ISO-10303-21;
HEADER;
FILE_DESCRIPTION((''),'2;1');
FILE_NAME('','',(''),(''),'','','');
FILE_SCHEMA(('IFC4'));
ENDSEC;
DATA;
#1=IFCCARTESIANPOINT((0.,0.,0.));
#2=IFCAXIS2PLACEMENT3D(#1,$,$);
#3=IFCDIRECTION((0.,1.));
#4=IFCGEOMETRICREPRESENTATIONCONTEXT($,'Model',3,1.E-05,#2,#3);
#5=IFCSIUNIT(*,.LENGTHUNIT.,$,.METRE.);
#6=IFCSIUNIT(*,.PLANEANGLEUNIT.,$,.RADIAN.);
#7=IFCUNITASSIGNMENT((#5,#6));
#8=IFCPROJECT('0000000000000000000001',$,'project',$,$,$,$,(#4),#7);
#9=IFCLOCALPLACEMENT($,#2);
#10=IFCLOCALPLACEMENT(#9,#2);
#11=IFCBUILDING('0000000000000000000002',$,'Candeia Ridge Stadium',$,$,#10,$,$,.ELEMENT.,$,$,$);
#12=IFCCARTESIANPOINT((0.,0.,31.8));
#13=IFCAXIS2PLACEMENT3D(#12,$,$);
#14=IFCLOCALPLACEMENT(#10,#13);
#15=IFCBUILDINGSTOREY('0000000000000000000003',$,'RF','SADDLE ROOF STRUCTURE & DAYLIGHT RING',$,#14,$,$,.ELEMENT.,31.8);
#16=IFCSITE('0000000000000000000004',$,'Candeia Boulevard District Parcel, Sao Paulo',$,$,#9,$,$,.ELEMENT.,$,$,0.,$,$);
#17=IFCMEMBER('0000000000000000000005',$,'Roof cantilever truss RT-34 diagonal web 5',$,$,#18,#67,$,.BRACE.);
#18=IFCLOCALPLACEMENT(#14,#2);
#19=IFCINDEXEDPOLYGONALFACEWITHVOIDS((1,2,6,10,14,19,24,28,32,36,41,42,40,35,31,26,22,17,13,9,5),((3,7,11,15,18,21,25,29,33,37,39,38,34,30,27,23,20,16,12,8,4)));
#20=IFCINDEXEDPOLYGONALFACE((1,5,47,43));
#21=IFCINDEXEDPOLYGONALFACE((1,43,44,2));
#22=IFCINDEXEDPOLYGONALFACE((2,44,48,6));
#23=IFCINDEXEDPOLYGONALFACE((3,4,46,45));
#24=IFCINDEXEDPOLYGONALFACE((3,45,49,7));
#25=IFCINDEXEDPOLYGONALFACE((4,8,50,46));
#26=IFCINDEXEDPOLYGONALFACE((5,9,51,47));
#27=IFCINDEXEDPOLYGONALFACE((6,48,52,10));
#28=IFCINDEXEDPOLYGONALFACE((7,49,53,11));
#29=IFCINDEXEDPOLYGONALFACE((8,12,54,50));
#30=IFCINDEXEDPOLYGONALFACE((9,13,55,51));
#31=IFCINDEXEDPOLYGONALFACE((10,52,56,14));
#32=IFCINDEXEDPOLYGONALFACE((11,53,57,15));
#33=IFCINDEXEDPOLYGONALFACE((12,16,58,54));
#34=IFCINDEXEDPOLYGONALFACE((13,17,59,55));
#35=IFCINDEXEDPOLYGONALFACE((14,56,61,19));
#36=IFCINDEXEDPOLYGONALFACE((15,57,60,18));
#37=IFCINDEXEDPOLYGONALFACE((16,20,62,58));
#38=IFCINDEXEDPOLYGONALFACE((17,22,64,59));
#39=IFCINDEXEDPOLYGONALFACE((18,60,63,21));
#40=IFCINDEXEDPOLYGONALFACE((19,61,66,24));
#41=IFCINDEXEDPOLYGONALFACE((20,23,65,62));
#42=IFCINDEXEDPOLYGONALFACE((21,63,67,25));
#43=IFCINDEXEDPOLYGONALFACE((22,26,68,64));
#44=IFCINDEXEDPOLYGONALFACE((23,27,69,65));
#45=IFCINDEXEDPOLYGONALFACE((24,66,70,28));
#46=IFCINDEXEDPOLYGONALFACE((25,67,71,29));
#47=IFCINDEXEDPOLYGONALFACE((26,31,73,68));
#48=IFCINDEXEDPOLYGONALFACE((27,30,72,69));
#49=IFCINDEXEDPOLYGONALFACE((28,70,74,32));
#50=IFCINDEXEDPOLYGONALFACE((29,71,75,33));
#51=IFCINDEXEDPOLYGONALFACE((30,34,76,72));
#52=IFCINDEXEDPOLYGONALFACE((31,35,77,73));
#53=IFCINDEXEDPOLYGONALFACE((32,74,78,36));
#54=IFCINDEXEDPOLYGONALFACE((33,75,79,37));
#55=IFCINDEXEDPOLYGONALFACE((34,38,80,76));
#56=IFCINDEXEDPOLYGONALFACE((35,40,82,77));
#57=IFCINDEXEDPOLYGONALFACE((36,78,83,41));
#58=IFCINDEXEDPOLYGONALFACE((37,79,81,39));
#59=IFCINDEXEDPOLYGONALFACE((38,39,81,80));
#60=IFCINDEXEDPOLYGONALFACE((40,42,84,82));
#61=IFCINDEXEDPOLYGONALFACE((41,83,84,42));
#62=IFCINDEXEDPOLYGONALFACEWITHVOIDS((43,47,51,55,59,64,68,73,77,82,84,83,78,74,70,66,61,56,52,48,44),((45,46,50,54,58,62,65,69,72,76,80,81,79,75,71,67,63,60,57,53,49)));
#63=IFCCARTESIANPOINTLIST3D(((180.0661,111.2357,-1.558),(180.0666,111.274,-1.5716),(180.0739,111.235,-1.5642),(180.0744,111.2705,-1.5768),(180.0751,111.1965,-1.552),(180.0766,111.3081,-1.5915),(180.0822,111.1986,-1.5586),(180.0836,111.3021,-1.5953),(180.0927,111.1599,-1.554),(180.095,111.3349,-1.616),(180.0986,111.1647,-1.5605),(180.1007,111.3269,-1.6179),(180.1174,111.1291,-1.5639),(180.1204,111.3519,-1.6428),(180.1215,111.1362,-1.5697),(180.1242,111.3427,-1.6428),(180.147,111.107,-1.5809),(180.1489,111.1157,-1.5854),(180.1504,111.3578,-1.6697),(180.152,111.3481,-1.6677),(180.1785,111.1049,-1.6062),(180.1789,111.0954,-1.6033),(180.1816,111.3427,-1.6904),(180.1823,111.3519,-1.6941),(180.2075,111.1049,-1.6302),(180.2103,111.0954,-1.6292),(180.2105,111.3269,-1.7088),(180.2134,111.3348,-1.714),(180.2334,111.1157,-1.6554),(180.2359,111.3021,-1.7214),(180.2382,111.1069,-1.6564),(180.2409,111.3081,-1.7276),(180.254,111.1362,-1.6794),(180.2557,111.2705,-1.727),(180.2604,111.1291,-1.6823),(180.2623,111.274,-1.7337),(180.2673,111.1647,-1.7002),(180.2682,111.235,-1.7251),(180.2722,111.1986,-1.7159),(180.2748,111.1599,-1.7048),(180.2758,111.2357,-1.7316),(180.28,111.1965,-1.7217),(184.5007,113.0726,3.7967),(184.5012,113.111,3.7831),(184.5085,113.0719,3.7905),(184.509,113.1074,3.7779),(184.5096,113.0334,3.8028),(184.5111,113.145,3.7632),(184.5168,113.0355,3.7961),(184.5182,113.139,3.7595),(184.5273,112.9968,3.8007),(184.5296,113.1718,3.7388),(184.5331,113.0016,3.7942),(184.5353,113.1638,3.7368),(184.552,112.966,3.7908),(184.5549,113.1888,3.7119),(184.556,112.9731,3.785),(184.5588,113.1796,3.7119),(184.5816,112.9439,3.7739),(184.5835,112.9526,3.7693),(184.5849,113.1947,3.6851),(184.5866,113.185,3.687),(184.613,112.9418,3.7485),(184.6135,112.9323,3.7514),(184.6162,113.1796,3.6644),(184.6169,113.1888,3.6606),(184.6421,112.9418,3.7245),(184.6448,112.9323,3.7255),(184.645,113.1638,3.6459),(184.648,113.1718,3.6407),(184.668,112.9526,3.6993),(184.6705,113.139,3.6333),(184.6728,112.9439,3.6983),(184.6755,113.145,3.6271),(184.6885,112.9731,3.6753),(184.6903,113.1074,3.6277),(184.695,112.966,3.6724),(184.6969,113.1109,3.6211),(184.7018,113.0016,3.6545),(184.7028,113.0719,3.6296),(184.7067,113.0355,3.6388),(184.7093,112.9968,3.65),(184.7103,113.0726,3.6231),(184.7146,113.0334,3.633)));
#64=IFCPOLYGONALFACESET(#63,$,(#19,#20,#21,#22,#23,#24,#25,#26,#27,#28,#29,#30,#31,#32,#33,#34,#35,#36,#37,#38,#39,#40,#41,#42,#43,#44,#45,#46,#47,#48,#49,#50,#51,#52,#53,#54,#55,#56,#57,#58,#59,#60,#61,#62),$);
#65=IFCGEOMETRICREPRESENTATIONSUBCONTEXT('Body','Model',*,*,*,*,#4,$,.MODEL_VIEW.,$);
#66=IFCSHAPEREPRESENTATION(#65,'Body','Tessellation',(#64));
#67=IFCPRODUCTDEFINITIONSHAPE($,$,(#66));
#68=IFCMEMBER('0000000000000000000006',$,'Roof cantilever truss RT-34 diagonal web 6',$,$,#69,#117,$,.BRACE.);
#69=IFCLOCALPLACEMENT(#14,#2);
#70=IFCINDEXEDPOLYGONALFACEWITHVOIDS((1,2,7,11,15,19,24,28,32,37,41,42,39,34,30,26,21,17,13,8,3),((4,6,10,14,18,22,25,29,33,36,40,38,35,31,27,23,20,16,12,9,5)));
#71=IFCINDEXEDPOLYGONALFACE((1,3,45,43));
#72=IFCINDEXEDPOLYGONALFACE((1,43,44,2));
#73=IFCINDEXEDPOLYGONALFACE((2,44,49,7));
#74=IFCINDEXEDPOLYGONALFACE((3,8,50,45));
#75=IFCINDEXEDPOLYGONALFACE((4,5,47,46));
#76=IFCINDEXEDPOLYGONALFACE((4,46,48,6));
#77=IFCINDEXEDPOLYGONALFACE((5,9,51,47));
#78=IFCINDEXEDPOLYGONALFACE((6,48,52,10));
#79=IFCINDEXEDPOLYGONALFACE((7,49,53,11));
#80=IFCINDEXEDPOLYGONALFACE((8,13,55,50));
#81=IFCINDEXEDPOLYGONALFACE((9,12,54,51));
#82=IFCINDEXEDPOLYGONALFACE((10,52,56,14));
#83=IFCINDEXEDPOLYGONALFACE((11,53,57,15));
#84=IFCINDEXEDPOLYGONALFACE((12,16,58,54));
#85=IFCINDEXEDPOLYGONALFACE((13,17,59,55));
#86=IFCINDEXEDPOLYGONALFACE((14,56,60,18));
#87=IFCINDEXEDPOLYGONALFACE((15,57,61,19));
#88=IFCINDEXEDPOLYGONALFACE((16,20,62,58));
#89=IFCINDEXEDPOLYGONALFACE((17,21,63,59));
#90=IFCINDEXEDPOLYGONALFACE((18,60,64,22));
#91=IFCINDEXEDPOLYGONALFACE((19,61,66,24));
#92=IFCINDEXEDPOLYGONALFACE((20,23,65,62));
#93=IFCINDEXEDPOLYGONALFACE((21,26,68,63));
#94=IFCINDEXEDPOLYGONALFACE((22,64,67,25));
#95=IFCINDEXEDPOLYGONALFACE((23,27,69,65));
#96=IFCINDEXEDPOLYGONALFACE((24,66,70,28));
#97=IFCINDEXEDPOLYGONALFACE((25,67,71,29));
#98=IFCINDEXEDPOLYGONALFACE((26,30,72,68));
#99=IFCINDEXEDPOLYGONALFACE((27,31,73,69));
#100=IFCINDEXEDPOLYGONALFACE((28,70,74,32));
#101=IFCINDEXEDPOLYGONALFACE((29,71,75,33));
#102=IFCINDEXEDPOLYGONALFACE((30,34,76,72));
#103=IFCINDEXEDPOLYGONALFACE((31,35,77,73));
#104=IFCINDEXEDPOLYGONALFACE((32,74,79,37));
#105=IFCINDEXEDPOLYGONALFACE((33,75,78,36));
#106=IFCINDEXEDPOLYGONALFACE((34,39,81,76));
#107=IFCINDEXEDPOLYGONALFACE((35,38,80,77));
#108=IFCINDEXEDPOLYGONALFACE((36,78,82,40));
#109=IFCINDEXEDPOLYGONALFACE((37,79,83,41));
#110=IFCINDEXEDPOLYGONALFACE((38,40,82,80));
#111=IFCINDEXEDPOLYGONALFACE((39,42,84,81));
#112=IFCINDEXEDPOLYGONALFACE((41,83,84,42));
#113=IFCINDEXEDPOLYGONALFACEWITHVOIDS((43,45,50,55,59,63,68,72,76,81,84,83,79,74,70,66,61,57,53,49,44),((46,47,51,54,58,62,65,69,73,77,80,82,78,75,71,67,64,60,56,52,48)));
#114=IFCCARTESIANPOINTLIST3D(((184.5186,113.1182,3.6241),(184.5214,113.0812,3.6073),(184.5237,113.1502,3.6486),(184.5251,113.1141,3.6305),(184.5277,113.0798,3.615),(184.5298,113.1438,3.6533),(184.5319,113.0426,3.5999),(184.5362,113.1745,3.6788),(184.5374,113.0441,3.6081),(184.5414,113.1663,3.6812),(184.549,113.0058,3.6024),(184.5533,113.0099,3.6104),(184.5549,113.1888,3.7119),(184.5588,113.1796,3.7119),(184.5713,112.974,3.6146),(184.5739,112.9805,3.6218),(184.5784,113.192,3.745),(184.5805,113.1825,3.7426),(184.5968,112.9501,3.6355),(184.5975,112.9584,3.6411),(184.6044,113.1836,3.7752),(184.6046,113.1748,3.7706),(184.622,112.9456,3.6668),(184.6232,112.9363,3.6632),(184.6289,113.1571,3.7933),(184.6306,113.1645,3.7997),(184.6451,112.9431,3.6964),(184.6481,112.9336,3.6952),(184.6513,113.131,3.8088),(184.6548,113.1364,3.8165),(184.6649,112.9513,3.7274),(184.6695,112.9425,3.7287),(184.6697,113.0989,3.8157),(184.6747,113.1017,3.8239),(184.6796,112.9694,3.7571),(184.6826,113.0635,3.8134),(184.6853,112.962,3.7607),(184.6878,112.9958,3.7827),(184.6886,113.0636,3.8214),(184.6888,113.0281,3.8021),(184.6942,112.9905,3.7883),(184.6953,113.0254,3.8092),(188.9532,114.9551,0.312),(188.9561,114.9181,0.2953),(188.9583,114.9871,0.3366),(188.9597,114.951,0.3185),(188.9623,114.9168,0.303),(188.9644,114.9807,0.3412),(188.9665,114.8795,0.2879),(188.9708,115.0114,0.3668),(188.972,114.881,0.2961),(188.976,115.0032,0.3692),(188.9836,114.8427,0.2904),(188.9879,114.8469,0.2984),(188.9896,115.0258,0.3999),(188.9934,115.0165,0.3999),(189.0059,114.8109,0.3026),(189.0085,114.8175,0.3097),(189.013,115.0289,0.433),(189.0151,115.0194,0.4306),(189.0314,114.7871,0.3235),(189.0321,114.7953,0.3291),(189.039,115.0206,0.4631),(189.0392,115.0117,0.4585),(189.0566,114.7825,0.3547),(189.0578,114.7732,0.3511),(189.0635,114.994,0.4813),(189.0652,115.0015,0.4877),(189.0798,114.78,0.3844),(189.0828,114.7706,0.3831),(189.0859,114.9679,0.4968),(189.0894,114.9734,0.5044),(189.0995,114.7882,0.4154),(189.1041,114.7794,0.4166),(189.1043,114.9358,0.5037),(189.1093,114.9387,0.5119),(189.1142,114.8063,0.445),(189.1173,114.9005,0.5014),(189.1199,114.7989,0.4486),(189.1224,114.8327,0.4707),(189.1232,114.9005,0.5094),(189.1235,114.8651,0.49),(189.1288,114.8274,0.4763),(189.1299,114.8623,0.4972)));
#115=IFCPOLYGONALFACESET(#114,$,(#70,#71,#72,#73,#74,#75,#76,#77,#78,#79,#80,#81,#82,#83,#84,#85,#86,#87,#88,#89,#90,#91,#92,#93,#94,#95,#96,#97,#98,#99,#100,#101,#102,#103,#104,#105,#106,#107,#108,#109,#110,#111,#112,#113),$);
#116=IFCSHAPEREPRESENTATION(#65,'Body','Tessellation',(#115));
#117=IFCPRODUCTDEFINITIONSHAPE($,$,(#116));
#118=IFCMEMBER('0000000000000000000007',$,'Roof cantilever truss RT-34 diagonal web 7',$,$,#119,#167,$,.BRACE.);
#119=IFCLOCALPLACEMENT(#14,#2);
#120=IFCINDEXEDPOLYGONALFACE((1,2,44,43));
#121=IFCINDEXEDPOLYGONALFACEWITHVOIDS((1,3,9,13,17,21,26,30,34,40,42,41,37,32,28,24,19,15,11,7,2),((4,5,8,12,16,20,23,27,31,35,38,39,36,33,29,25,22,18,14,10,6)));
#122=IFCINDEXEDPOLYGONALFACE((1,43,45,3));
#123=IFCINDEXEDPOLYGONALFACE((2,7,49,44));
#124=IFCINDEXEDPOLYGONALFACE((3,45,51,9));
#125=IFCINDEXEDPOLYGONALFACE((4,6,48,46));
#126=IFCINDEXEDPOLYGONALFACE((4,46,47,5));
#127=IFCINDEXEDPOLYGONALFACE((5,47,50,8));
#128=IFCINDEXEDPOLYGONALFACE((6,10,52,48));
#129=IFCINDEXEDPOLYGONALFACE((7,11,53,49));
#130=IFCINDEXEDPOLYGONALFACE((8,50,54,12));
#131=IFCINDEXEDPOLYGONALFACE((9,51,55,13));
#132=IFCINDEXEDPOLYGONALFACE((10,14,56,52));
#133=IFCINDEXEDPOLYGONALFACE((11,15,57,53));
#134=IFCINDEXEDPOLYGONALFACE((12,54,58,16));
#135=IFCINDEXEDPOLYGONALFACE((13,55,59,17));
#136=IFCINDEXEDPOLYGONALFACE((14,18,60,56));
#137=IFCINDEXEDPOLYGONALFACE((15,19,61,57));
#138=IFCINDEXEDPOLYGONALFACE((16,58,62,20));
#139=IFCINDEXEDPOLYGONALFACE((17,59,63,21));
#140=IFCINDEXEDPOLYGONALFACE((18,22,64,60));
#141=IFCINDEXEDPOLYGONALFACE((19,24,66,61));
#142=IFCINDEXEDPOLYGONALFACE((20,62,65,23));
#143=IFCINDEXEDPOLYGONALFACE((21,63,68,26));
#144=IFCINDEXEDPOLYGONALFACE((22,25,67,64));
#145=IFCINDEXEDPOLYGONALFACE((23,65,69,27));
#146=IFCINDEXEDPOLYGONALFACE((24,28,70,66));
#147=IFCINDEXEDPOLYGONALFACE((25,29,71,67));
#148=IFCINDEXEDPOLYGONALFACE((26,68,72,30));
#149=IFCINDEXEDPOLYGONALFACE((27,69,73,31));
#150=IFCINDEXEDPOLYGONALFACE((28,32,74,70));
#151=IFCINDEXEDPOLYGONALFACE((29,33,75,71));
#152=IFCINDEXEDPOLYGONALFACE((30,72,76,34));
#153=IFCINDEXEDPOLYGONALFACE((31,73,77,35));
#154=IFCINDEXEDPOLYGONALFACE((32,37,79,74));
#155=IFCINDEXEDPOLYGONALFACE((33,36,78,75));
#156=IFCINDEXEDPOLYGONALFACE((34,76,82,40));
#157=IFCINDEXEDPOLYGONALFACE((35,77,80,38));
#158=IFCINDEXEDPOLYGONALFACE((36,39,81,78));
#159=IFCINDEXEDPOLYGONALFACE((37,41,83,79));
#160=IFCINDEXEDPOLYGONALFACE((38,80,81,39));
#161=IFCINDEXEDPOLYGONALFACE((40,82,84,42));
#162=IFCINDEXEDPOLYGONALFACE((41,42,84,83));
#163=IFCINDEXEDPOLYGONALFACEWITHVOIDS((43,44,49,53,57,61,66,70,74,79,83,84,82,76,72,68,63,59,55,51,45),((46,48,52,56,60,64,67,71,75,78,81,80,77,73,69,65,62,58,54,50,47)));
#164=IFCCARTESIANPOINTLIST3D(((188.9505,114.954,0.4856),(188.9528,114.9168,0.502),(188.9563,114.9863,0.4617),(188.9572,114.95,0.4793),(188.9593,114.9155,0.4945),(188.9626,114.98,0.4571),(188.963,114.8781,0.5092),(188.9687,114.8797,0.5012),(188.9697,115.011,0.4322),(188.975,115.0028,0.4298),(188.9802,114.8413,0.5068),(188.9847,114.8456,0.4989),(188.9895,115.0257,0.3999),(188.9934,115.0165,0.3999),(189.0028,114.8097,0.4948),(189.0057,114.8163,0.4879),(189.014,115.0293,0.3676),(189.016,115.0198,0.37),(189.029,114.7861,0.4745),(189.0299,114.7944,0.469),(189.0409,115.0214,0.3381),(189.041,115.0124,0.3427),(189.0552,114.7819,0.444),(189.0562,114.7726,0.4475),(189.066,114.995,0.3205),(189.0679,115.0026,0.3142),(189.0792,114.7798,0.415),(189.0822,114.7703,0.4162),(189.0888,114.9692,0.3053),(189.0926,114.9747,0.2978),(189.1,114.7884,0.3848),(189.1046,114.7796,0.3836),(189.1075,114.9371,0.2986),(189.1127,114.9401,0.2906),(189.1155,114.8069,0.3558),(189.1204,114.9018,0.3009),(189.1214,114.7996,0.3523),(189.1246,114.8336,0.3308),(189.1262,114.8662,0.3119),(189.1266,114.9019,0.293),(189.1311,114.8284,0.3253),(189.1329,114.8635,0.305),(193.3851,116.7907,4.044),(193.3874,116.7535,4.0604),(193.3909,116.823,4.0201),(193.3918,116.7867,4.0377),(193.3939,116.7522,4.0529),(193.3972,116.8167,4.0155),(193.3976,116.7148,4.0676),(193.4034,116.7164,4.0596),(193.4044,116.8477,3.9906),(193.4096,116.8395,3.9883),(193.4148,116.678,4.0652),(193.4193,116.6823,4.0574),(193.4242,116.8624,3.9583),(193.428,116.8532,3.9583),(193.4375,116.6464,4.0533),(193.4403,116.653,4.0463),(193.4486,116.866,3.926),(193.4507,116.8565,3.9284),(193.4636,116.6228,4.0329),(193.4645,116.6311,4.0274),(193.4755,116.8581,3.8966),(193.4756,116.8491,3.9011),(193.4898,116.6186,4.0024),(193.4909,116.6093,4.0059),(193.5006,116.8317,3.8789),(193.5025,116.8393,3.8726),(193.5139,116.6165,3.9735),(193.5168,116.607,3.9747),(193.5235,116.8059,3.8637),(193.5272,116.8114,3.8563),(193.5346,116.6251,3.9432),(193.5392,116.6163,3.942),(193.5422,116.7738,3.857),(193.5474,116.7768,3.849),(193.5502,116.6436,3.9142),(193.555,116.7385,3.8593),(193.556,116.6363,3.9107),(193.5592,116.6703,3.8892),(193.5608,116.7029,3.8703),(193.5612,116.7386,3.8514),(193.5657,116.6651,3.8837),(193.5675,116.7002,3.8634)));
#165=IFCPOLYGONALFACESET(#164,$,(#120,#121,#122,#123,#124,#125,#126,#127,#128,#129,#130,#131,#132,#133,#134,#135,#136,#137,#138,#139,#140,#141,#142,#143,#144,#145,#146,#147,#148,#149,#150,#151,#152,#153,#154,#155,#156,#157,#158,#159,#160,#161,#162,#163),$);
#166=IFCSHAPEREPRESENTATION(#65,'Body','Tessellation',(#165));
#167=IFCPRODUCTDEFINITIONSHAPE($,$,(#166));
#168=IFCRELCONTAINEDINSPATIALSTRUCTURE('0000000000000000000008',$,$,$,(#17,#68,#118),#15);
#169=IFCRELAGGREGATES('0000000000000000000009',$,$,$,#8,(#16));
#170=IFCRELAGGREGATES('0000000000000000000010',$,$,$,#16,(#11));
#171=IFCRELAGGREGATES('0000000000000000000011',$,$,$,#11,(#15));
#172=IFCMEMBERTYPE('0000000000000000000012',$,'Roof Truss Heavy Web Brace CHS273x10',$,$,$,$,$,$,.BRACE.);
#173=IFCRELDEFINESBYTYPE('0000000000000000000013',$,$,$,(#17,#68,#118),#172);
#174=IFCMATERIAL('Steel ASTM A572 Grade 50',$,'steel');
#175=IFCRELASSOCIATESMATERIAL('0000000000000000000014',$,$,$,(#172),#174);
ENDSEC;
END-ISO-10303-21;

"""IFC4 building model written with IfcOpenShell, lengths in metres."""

from ifc_helpers import new_model, si_unit, direction, frame, origin, origin_2d, place, context, subcontext, project, spatial, hollow_circle, extrude, material, material_profile, profile_set, type_object, element, save


model = new_model("IFC4")

# Units and contexts
model_context = context("Model", 3, precision=1e-05, world=origin(), true_north=direction((0.0, 1.0)))
body_context = subcontext(model_context, "Body", "Model", "MODEL_VIEW")
ifc_project = project(units=[si_unit("LENGTHUNIT", "METRE"), si_unit("PLANEANGLEUNIT", "RADIAN")], contexts=[model_context])

# Site, building, storey
site_placement = place(None, origin())
site = spatial("IfcSite", under=ifc_project, at=site_placement, Name="Candeia Boulevard District Parcel, Sao Paulo", CompositionType="ELEMENT", RefElevation=0.0)
building_placement = place(site_placement, origin())
building = spatial("IfcBuilding", under=site, at=building_placement, Name="Candeia Ridge Stadium", CompositionType="ELEMENT")
storey_placement = place(building_placement, frame((0.0, 0.0, 31.8)))
storey = spatial("IfcBuildingStorey", under=building, at=storey_placement, Name="RF", Description="SADDLE ROOF STRUCTURE & DAYLIGHT RING", CompositionType="ELEMENT", Elevation=31.8)

# Shared definitions
ifc_material = material(Name="Steel ASTM A572 Grade 50", Category="steel")

# Members
ifc_material_profile_1 = material_profile(ifc_material, hollow_circle(Radius=0.1365, WallThickness=0.01, at=origin_2d()), Name="CHS273x10", Category="steel")
ifc_profile_set_1 = profile_set([ifc_material_profile_1], Name="Steel ASTM A572 Grade 50")
member_type_1 = type_object("IfcMemberType", Name="Roof Truss Heavy Web Brace CHS273x10", PredefinedType="BRACE", material=ifc_profile_set_1)
member_1_placement = place(storey_placement, frame((180.1726, 111.2258, -1.6428), z_axis=(0.616669, 0.25544, 0.744627), x_axis=(-0.382693, 0.923875, 0.0)))
element("IfcMember", 1, at=member_1_placement, inside=storey, type_object=member_type_1, Name="Roof cantilever truss RT-34 diagonal web 5", PredefinedType="BRACE", context=body_context, shape_type="SweptSolid", body=[
    extrude(hollow_circle(Radius=0.1365, WallThickness=0.01, at=origin_2d()), origin(), (0.0, 0.0, 1.0), 7.1912),
])
member_2_placement = place(storey_placement, frame((184.6072, 113.0627, 3.7119), z_axis=(0.760421, 0.314986, -0.567929), x_axis=(-0.382693, 0.923875, 0.0)))
element("IfcMember", 2, at=member_2_placement, inside=storey, type_object=member_type_1, Name="Roof cantilever truss RT-34 diagonal web 6", PredefinedType="BRACE", context=body_context, shape_type="SweptSolid", body=[
    extrude(hollow_circle(Radius=0.1365, WallThickness=0.01, at=origin_2d()), origin(), (0.0, 0.0, 1.0), 5.8318),
])
member_3_placement = place(storey_placement, frame((189.0417, 114.8997, 0.3999), z_axis=(0.742188, 0.307392, 0.59554), x_axis=(-0.38265, 0.923893, 0.0)))
element("IfcMember", 3, at=member_3_placement, inside=storey, type_object=member_type_1, Name="Roof cantilever truss RT-34 diagonal web 7", PredefinedType="BRACE", context=body_context, shape_type="SweptSolid", body=[
    extrude(hollow_circle(Radius=0.1365, WallThickness=0.01, at=origin_2d()), origin(), (0.0, 0.0, 1.0), 5.9751),
])

save(model, "model.ifc")
